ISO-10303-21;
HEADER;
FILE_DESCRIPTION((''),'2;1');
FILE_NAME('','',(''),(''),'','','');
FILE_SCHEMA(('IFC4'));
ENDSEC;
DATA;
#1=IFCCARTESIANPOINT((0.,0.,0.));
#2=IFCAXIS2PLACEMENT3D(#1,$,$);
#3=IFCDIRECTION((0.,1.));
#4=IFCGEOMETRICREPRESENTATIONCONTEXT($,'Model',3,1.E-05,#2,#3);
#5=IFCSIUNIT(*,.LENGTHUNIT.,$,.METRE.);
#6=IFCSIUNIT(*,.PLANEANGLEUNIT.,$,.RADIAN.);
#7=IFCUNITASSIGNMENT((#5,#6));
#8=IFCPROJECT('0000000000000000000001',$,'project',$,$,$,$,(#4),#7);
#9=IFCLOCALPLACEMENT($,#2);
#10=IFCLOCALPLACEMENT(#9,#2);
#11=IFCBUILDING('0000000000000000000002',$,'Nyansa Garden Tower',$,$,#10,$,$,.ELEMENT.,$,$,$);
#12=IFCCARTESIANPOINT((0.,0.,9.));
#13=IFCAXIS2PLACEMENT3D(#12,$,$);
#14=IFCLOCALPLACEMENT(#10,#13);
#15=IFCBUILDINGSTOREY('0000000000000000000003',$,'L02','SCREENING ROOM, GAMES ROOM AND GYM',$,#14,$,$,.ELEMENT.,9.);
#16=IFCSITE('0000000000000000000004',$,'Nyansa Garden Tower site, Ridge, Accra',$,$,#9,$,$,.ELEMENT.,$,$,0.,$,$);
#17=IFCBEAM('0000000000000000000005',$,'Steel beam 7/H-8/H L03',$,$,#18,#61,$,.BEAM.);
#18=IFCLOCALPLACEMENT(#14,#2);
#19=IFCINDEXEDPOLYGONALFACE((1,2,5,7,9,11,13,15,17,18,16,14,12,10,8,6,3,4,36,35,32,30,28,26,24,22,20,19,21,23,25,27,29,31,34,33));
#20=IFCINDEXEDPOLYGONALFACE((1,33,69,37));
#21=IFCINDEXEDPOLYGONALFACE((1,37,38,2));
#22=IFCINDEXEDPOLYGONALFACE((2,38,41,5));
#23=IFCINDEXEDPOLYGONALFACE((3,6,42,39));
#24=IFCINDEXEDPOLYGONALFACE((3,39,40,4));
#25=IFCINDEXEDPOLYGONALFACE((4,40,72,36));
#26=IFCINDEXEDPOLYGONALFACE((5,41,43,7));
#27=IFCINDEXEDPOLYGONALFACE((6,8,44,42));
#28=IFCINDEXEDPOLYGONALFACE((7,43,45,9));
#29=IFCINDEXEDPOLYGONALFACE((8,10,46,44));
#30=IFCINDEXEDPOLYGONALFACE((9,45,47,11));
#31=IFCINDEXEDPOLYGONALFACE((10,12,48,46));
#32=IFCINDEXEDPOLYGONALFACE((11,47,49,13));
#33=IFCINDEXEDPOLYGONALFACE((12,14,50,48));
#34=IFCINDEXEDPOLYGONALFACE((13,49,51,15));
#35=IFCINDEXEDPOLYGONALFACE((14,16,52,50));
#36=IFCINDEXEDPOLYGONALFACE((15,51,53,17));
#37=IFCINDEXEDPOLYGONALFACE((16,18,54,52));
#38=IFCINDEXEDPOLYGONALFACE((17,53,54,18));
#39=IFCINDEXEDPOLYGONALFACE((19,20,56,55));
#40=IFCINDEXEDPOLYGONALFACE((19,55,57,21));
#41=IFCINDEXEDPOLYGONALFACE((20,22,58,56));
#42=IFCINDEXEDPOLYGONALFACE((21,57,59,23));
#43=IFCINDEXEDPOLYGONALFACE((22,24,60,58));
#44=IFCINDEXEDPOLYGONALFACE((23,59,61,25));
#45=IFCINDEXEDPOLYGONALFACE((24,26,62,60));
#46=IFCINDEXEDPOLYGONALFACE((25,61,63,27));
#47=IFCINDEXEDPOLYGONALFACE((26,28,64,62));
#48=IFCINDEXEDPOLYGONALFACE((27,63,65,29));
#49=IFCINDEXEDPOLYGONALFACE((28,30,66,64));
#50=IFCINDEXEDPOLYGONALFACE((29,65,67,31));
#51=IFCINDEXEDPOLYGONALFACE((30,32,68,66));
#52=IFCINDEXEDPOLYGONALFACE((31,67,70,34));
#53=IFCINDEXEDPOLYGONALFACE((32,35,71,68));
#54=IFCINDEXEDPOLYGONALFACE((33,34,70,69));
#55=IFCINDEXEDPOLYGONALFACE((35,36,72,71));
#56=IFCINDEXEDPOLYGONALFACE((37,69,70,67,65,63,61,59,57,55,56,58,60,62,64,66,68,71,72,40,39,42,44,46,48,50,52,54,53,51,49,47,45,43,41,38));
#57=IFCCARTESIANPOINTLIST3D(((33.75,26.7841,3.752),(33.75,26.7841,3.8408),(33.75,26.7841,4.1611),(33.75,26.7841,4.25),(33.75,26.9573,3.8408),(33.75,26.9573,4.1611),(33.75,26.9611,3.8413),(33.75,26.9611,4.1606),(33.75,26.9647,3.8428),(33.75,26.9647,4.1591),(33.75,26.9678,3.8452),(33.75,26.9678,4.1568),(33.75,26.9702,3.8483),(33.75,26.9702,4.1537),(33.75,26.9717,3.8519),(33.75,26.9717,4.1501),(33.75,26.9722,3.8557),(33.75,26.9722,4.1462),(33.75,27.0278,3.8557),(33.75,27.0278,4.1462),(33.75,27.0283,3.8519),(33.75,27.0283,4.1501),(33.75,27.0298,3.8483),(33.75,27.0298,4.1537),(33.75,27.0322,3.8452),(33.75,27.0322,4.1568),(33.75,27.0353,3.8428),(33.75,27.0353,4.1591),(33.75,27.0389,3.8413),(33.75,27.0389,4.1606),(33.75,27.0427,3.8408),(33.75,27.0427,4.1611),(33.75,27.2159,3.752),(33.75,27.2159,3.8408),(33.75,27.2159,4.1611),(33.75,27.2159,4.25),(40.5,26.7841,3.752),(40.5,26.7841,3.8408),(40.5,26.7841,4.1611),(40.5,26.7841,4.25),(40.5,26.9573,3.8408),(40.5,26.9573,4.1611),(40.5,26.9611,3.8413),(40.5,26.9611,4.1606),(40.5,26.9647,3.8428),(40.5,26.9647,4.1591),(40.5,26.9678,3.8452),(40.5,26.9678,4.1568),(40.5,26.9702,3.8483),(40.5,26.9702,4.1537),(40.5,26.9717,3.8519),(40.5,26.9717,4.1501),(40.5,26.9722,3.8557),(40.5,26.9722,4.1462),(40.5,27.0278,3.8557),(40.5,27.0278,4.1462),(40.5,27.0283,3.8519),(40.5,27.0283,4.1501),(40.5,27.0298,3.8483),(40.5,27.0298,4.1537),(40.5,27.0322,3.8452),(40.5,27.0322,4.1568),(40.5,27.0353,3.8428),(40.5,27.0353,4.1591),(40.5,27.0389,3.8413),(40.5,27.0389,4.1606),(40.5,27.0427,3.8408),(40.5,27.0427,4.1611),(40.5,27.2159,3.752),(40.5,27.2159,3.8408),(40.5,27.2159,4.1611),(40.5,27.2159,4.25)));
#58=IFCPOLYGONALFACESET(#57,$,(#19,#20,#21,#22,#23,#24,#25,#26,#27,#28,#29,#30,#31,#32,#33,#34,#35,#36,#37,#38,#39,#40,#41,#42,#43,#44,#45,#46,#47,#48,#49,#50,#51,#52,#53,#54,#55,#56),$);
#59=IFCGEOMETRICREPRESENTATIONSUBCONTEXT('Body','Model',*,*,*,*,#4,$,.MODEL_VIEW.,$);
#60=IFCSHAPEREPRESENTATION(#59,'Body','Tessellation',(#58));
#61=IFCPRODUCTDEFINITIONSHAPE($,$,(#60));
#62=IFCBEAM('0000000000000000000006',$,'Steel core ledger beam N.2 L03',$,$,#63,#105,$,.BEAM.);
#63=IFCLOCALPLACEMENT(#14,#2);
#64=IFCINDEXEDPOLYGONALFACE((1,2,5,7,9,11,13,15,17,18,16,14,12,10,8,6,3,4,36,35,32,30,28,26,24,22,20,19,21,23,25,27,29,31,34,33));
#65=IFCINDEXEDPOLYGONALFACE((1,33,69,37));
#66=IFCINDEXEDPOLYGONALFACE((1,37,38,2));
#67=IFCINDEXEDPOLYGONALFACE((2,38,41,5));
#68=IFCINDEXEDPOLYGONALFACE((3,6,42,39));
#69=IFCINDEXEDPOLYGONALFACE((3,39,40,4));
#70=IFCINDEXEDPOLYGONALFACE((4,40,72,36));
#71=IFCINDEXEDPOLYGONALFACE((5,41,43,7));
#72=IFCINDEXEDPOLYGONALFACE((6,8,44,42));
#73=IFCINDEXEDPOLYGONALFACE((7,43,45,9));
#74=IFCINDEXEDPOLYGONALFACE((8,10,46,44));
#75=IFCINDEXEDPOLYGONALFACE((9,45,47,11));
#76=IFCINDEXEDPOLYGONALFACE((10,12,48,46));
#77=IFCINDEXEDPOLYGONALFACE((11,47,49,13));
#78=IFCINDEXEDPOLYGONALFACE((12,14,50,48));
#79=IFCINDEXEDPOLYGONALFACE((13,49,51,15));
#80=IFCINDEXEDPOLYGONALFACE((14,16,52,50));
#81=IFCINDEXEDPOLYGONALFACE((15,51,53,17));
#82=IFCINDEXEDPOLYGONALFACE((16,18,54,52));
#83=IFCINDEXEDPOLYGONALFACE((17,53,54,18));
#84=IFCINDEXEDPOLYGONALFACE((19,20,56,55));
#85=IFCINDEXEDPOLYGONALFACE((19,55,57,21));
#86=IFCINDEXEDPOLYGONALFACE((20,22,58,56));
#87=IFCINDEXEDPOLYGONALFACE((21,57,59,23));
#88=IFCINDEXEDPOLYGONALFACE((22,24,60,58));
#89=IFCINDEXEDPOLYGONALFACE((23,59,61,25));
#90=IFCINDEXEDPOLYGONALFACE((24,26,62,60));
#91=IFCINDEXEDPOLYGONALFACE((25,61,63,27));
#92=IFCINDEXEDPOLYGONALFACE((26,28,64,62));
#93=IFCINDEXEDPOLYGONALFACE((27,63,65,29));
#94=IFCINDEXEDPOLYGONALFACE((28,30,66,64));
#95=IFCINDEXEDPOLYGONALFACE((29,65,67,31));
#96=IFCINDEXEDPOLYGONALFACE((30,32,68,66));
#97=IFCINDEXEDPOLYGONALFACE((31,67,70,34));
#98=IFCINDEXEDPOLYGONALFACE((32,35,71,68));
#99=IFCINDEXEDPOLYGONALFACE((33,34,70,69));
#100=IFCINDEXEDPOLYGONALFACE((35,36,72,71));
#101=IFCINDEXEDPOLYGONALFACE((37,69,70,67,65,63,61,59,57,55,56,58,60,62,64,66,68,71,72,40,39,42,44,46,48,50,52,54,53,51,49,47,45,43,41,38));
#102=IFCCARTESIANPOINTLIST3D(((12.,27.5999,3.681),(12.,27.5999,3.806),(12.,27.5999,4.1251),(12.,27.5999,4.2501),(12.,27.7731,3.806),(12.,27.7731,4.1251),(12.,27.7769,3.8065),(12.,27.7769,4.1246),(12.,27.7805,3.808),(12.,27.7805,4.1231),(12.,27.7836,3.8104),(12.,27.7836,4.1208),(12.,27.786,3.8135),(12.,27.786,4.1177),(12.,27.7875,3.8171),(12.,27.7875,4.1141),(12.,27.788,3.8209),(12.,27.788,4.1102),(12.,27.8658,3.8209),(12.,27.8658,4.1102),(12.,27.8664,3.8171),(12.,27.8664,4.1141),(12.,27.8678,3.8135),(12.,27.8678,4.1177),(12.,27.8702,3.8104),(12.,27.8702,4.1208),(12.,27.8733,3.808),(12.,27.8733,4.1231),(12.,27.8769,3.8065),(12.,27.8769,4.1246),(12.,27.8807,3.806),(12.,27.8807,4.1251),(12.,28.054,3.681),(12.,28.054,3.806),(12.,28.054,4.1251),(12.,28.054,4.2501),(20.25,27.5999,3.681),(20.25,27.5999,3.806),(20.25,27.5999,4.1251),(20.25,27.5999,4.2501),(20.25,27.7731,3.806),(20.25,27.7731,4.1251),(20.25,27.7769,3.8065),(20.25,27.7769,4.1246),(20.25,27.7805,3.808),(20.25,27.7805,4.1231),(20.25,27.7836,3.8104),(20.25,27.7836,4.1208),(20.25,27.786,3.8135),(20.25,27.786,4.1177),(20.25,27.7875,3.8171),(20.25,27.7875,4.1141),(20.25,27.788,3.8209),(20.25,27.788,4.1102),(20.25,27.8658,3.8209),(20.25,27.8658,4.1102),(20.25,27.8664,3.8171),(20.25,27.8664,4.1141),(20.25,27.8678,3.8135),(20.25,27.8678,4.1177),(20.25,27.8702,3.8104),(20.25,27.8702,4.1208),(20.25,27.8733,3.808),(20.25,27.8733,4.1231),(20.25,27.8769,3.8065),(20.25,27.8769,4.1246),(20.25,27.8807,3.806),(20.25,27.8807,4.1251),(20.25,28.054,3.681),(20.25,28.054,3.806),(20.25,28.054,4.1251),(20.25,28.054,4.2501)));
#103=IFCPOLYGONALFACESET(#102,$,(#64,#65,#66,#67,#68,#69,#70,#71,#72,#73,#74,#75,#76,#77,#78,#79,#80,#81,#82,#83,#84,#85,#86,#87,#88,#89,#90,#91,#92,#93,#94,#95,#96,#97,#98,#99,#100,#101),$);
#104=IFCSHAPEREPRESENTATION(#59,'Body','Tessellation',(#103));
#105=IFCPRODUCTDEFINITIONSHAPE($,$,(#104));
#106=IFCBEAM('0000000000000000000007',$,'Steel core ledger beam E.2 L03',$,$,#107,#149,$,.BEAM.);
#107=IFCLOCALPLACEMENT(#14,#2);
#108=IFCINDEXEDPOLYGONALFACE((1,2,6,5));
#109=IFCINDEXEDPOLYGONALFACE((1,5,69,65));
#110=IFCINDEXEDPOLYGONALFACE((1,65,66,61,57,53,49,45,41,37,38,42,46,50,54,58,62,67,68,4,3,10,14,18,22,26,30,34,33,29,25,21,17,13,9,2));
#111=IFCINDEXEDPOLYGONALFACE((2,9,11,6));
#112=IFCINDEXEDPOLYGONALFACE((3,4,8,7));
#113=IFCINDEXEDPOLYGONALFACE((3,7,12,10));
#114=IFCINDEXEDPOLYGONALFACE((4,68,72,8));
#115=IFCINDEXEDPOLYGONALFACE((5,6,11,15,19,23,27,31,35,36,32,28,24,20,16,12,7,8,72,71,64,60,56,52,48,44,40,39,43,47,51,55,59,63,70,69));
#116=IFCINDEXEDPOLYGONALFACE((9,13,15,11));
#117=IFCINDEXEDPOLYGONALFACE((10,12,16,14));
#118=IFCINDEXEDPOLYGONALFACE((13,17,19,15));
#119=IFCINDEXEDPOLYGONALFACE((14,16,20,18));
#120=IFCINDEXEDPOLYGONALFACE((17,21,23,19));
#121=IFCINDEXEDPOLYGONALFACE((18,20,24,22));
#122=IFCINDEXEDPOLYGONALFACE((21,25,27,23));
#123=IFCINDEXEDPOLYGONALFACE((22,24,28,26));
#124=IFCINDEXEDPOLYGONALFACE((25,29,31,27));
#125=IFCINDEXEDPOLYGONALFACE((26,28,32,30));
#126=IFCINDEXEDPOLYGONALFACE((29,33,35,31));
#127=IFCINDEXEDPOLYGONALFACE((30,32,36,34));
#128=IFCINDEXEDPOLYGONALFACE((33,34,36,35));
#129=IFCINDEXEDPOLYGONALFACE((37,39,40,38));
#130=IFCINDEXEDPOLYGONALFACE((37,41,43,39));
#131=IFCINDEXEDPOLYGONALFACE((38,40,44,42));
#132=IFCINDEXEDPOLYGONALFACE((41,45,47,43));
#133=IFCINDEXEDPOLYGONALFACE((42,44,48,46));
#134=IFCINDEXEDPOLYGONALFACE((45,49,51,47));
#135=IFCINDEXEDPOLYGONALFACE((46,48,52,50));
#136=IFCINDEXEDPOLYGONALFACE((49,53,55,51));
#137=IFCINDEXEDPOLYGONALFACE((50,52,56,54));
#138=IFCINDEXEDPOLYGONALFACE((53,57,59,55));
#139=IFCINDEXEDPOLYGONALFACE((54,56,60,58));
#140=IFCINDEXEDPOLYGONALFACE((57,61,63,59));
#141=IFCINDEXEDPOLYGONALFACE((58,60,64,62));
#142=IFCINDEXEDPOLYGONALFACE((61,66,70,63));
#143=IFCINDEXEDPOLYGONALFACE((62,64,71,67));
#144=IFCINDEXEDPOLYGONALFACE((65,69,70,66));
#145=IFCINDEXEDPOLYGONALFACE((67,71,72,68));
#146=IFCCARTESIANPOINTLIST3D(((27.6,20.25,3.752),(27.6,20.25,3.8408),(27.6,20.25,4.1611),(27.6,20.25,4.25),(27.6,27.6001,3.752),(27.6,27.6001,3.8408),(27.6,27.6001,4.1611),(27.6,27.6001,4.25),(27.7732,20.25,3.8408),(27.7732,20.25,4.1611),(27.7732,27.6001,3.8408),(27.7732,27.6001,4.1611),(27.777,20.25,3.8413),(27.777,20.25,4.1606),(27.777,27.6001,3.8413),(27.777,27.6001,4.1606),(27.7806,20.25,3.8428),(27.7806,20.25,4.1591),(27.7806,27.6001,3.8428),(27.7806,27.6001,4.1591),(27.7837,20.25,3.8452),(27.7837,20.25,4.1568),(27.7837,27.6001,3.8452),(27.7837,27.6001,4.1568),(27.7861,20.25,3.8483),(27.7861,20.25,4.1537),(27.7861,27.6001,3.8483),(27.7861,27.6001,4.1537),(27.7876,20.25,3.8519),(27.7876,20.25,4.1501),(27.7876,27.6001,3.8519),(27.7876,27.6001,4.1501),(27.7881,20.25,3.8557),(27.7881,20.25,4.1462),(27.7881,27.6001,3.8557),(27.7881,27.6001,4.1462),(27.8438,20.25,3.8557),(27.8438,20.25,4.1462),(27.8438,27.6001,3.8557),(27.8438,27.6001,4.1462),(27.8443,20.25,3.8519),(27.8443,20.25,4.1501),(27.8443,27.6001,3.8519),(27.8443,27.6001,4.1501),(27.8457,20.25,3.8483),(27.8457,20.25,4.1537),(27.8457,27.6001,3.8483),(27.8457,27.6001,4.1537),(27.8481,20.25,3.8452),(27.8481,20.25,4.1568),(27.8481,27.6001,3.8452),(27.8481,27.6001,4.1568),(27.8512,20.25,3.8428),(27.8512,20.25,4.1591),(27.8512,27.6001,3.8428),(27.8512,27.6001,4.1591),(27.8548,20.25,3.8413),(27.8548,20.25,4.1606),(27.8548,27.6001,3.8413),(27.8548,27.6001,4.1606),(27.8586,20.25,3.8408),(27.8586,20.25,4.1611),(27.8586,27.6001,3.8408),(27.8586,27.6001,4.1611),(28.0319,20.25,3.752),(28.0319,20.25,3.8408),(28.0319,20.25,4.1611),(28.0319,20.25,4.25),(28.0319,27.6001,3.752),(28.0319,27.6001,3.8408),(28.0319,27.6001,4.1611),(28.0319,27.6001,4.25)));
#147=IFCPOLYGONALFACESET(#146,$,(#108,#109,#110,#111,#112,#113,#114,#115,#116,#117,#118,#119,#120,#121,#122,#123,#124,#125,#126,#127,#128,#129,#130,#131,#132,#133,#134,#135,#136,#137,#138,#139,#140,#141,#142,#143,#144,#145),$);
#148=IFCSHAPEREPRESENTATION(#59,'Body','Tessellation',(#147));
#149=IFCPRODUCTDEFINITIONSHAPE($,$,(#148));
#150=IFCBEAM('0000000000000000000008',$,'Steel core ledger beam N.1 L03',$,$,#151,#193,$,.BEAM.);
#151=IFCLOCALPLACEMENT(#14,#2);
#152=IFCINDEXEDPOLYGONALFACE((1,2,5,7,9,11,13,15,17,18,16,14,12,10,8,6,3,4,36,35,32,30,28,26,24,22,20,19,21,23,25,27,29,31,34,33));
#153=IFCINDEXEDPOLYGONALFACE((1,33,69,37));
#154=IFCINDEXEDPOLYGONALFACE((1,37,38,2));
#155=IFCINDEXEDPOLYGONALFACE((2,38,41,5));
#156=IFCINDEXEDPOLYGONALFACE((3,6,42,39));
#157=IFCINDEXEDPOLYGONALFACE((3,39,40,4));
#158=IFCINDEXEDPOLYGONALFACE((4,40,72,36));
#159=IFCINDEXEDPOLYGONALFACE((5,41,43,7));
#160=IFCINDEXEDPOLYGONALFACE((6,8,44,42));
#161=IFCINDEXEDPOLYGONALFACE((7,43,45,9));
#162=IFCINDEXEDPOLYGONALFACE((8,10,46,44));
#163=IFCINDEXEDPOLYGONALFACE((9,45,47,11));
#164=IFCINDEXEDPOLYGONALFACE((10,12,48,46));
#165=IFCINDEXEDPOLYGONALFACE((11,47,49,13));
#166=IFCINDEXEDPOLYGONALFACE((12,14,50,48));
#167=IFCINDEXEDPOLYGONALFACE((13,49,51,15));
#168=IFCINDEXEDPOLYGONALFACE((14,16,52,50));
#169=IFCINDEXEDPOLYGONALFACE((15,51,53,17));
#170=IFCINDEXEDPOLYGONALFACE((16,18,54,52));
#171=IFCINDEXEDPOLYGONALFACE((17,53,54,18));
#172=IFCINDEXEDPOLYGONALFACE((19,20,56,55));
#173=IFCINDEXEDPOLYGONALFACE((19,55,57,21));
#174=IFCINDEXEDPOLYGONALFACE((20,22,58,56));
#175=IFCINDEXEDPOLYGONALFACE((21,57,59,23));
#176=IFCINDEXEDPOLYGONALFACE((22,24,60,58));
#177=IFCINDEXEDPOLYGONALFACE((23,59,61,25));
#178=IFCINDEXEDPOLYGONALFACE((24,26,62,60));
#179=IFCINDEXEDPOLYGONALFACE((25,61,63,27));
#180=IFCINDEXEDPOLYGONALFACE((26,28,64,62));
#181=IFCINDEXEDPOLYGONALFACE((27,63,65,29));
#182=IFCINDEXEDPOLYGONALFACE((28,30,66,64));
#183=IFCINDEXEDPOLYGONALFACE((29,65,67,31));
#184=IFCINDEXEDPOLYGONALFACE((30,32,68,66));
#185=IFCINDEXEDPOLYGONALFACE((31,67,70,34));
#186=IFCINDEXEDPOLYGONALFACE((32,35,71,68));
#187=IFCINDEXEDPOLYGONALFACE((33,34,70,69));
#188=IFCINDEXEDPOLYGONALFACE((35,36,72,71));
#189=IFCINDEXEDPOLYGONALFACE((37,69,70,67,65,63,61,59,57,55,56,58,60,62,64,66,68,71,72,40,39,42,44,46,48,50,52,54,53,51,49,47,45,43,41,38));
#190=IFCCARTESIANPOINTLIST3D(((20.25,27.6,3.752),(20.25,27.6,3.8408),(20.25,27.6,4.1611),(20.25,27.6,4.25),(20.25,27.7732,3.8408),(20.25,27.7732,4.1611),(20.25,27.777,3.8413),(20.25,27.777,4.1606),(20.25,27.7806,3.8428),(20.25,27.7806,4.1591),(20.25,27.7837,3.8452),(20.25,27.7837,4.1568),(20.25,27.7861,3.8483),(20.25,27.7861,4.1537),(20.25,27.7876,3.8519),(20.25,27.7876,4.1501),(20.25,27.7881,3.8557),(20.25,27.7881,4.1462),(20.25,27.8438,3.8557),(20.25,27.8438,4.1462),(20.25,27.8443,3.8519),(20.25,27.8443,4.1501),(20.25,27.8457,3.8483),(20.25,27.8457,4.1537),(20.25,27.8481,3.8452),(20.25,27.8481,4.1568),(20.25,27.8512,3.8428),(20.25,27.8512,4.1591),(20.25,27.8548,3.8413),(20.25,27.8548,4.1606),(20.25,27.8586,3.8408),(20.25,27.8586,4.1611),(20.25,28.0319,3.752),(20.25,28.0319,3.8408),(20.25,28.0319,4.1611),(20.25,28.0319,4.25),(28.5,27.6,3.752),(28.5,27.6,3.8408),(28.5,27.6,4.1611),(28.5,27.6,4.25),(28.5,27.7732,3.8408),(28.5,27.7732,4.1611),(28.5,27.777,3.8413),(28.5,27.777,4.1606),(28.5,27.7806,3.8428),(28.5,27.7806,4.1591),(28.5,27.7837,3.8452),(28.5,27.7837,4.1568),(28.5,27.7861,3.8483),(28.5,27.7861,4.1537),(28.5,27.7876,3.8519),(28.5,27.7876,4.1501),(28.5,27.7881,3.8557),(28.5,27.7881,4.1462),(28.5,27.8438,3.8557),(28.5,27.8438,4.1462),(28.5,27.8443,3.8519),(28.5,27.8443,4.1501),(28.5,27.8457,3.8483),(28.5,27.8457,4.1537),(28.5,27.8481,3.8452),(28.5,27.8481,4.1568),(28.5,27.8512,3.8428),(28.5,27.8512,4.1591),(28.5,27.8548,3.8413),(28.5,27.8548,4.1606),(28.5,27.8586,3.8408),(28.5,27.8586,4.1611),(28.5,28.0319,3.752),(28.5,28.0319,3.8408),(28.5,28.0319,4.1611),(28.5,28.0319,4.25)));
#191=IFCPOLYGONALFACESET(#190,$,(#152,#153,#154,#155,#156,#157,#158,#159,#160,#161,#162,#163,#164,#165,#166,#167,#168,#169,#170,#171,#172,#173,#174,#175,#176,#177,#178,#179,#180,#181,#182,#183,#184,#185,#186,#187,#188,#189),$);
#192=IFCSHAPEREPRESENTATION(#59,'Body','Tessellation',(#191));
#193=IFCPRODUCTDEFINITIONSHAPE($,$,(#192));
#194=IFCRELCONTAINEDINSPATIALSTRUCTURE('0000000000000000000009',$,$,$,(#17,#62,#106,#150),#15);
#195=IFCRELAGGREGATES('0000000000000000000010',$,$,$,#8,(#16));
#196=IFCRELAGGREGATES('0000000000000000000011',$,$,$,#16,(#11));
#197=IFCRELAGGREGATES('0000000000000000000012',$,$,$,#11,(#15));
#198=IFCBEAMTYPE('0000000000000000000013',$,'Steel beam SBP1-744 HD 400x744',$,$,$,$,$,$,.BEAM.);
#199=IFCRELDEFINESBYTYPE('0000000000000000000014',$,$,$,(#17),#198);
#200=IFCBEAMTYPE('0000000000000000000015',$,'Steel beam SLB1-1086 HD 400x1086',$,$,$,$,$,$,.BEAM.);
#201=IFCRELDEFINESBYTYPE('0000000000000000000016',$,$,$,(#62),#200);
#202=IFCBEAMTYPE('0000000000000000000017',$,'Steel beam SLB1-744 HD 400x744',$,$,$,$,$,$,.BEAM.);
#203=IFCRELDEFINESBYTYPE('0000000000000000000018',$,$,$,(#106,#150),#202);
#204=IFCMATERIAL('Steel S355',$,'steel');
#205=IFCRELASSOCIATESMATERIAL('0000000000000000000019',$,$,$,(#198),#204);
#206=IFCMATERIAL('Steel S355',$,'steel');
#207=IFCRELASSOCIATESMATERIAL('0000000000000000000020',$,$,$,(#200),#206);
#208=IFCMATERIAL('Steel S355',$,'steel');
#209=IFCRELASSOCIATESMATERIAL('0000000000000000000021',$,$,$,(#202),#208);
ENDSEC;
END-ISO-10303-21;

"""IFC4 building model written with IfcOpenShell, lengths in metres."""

from ifc_helpers import new_model, si_unit, direction, frame, origin, origin_2d, place, context, subcontext, project, spatial, i_section, extrude, material, material_profile, profile_set, type_object, element, save


model = new_model("IFC4")

# Units and contexts
model_context = context("Model", 3, precision=1e-05, world=origin(), true_north=direction((0.0, 1.0)))
body_context = subcontext(model_context, "Body", "Model", "MODEL_VIEW")
ifc_project = project(units=[si_unit("LENGTHUNIT", "METRE"), si_unit("PLANEANGLEUNIT", "RADIAN")], contexts=[model_context])

# Site, building, storey
site_placement = place(None, origin())
site = spatial("IfcSite", under=ifc_project, at=site_placement, Name="Nyansa Garden Tower site, Ridge, Accra", CompositionType="ELEMENT", RefElevation=0.0)
building_placement = place(site_placement, origin())
building = spatial("IfcBuilding", under=site, at=building_placement, Name="Nyansa Garden Tower", CompositionType="ELEMENT")
storey_placement = place(building_placement, frame((0.0, 0.0, 9.0)))
storey = spatial("IfcBuildingStorey", under=building, at=storey_placement, Name="L02", Description="SCREENING ROOM, GAMES ROOM AND GYM", CompositionType="ELEMENT", Elevation=9.0)

# Beams
ifc_material_1 = material(Name="Steel S355", Category="steel")
ifc_material_profile_1 = material_profile(ifc_material_1, i_section(OverallWidth=0.4319, OverallDepth=0.498, WebThickness=0.0557, FlangeThickness=0.0889, FilletRadius=0.0149, at=origin_2d()), Name="HD 400x744")
ifc_profile_set_1 = profile_set([ifc_material_profile_1], Name="Steel S355")
beam_type_1 = type_object("IfcBeamType", Name="Steel beam SBP1-744 HD 400x744", PredefinedType="BEAM", material=ifc_profile_set_1)
for number, where, z_axis, x_axis, name in (
    (1, (33.75, 27.0, 4.001), (1.0, 0.0, 0.0), (0.0, 1.0, 0.0), "Steel beam 7/H-8/H L03"),
):
    element("IfcBeam", number, at=place(storey_placement, frame(where, z_axis=z_axis, x_axis=x_axis)), inside=storey, type_object=beam_type_1, Name=name, PredefinedType="BEAM", context=body_context, shape_type="SweptSolid", body=[
        extrude(i_section(OverallWidth=0.4319, OverallDepth=0.498, WebThickness=0.0557, FlangeThickness=0.0889, FilletRadius=0.0149, at=origin_2d()), origin(), (0.0, 0.0, 1.0), 6.75),
    ])
ifc_material_2 = material(Name="Steel S355", Category="steel")
ifc_material_profile_2 = material_profile(ifc_material_2, i_section(OverallWidth=0.4541, OverallDepth=0.5691, WebThickness=0.0779, FlangeThickness=0.125, FilletRadius=0.0149, at=origin_2d()), Name="HD 400x1086")
ifc_profile_set_2 = profile_set([ifc_material_profile_2], Name="Steel S355")
beam_type_2 = type_object("IfcBeamType", Name="Steel beam SLB1-1086 HD 400x1086", PredefinedType="BEAM", material=ifc_profile_set_2)
beam_1_placement = place(storey_placement, frame((20.25, 27.8269, 3.9656), z_axis=(-1.0, 0.0, 0.0), x_axis=(0.0, -1.0, 0.0)))
element("IfcBeam", 2, at=beam_1_placement, inside=storey, type_object=beam_type_2, Name="Steel core ledger beam N.2 L03", PredefinedType="BEAM", context=body_context, shape_type="SweptSolid", body=[
    extrude(i_section(OverallWidth=0.4541, OverallDepth=0.5691, WebThickness=0.0779, FlangeThickness=0.125, FilletRadius=0.0149, at=origin_2d()), origin(), (0.0, 0.0, 1.0), 8.25),
])
ifc_material_3 = material(Name="Steel S355", Category="steel")
ifc_material_profile_3 = material_profile(ifc_material_3, i_section(OverallWidth=0.4319, OverallDepth=0.498, WebThickness=0.0557, FlangeThickness=0.0889, FilletRadius=0.0149, at=origin_2d()), Name="HD 400x744")
ifc_profile_set_3 = profile_set([ifc_material_profile_3], Name="Steel S355")
beam_type_3 = type_object("IfcBeamType", Name="Steel beam SLB1-744 HD 400x744", PredefinedType="BEAM", material=ifc_profile_set_3)
beam_2_placement = place(storey_placement, frame((27.8159, 20.25, 4.001), z_axis=(0.0, 1.0, 0.0), x_axis=(-1.0, 0.0, 0.0)))
element("IfcBeam", 3, at=beam_2_placement, inside=storey, type_object=beam_type_3, Name="Steel core ledger beam E.2 L03", PredefinedType="BEAM", context=body_context, shape_type="SweptSolid", body=[
    extrude(i_section(OverallWidth=0.4319, OverallDepth=0.498, WebThickness=0.0557, FlangeThickness=0.0889, FilletRadius=0.0149, at=origin_2d()), origin(), (0.0, 0.0, 1.0), 7.3501),
])
beam_3_placement = place(storey_placement, frame((28.5, 27.8159, 4.001), z_axis=(-1.0, 0.0, 0.0), x_axis=(0.0, -1.0, 0.0)))
element("IfcBeam", 4, at=beam_3_placement, inside=storey, type_object=beam_type_3, Name="Steel core ledger beam N.1 L03", PredefinedType="BEAM", context=body_context, shape_type="SweptSolid", body=[
    extrude(i_section(OverallWidth=0.4319, OverallDepth=0.498, WebThickness=0.0557, FlangeThickness=0.0889, FilletRadius=0.0149, at=origin_2d()), origin(), (0.0, 0.0, 1.0), 8.25),
])

save(model, "model.ifc")
